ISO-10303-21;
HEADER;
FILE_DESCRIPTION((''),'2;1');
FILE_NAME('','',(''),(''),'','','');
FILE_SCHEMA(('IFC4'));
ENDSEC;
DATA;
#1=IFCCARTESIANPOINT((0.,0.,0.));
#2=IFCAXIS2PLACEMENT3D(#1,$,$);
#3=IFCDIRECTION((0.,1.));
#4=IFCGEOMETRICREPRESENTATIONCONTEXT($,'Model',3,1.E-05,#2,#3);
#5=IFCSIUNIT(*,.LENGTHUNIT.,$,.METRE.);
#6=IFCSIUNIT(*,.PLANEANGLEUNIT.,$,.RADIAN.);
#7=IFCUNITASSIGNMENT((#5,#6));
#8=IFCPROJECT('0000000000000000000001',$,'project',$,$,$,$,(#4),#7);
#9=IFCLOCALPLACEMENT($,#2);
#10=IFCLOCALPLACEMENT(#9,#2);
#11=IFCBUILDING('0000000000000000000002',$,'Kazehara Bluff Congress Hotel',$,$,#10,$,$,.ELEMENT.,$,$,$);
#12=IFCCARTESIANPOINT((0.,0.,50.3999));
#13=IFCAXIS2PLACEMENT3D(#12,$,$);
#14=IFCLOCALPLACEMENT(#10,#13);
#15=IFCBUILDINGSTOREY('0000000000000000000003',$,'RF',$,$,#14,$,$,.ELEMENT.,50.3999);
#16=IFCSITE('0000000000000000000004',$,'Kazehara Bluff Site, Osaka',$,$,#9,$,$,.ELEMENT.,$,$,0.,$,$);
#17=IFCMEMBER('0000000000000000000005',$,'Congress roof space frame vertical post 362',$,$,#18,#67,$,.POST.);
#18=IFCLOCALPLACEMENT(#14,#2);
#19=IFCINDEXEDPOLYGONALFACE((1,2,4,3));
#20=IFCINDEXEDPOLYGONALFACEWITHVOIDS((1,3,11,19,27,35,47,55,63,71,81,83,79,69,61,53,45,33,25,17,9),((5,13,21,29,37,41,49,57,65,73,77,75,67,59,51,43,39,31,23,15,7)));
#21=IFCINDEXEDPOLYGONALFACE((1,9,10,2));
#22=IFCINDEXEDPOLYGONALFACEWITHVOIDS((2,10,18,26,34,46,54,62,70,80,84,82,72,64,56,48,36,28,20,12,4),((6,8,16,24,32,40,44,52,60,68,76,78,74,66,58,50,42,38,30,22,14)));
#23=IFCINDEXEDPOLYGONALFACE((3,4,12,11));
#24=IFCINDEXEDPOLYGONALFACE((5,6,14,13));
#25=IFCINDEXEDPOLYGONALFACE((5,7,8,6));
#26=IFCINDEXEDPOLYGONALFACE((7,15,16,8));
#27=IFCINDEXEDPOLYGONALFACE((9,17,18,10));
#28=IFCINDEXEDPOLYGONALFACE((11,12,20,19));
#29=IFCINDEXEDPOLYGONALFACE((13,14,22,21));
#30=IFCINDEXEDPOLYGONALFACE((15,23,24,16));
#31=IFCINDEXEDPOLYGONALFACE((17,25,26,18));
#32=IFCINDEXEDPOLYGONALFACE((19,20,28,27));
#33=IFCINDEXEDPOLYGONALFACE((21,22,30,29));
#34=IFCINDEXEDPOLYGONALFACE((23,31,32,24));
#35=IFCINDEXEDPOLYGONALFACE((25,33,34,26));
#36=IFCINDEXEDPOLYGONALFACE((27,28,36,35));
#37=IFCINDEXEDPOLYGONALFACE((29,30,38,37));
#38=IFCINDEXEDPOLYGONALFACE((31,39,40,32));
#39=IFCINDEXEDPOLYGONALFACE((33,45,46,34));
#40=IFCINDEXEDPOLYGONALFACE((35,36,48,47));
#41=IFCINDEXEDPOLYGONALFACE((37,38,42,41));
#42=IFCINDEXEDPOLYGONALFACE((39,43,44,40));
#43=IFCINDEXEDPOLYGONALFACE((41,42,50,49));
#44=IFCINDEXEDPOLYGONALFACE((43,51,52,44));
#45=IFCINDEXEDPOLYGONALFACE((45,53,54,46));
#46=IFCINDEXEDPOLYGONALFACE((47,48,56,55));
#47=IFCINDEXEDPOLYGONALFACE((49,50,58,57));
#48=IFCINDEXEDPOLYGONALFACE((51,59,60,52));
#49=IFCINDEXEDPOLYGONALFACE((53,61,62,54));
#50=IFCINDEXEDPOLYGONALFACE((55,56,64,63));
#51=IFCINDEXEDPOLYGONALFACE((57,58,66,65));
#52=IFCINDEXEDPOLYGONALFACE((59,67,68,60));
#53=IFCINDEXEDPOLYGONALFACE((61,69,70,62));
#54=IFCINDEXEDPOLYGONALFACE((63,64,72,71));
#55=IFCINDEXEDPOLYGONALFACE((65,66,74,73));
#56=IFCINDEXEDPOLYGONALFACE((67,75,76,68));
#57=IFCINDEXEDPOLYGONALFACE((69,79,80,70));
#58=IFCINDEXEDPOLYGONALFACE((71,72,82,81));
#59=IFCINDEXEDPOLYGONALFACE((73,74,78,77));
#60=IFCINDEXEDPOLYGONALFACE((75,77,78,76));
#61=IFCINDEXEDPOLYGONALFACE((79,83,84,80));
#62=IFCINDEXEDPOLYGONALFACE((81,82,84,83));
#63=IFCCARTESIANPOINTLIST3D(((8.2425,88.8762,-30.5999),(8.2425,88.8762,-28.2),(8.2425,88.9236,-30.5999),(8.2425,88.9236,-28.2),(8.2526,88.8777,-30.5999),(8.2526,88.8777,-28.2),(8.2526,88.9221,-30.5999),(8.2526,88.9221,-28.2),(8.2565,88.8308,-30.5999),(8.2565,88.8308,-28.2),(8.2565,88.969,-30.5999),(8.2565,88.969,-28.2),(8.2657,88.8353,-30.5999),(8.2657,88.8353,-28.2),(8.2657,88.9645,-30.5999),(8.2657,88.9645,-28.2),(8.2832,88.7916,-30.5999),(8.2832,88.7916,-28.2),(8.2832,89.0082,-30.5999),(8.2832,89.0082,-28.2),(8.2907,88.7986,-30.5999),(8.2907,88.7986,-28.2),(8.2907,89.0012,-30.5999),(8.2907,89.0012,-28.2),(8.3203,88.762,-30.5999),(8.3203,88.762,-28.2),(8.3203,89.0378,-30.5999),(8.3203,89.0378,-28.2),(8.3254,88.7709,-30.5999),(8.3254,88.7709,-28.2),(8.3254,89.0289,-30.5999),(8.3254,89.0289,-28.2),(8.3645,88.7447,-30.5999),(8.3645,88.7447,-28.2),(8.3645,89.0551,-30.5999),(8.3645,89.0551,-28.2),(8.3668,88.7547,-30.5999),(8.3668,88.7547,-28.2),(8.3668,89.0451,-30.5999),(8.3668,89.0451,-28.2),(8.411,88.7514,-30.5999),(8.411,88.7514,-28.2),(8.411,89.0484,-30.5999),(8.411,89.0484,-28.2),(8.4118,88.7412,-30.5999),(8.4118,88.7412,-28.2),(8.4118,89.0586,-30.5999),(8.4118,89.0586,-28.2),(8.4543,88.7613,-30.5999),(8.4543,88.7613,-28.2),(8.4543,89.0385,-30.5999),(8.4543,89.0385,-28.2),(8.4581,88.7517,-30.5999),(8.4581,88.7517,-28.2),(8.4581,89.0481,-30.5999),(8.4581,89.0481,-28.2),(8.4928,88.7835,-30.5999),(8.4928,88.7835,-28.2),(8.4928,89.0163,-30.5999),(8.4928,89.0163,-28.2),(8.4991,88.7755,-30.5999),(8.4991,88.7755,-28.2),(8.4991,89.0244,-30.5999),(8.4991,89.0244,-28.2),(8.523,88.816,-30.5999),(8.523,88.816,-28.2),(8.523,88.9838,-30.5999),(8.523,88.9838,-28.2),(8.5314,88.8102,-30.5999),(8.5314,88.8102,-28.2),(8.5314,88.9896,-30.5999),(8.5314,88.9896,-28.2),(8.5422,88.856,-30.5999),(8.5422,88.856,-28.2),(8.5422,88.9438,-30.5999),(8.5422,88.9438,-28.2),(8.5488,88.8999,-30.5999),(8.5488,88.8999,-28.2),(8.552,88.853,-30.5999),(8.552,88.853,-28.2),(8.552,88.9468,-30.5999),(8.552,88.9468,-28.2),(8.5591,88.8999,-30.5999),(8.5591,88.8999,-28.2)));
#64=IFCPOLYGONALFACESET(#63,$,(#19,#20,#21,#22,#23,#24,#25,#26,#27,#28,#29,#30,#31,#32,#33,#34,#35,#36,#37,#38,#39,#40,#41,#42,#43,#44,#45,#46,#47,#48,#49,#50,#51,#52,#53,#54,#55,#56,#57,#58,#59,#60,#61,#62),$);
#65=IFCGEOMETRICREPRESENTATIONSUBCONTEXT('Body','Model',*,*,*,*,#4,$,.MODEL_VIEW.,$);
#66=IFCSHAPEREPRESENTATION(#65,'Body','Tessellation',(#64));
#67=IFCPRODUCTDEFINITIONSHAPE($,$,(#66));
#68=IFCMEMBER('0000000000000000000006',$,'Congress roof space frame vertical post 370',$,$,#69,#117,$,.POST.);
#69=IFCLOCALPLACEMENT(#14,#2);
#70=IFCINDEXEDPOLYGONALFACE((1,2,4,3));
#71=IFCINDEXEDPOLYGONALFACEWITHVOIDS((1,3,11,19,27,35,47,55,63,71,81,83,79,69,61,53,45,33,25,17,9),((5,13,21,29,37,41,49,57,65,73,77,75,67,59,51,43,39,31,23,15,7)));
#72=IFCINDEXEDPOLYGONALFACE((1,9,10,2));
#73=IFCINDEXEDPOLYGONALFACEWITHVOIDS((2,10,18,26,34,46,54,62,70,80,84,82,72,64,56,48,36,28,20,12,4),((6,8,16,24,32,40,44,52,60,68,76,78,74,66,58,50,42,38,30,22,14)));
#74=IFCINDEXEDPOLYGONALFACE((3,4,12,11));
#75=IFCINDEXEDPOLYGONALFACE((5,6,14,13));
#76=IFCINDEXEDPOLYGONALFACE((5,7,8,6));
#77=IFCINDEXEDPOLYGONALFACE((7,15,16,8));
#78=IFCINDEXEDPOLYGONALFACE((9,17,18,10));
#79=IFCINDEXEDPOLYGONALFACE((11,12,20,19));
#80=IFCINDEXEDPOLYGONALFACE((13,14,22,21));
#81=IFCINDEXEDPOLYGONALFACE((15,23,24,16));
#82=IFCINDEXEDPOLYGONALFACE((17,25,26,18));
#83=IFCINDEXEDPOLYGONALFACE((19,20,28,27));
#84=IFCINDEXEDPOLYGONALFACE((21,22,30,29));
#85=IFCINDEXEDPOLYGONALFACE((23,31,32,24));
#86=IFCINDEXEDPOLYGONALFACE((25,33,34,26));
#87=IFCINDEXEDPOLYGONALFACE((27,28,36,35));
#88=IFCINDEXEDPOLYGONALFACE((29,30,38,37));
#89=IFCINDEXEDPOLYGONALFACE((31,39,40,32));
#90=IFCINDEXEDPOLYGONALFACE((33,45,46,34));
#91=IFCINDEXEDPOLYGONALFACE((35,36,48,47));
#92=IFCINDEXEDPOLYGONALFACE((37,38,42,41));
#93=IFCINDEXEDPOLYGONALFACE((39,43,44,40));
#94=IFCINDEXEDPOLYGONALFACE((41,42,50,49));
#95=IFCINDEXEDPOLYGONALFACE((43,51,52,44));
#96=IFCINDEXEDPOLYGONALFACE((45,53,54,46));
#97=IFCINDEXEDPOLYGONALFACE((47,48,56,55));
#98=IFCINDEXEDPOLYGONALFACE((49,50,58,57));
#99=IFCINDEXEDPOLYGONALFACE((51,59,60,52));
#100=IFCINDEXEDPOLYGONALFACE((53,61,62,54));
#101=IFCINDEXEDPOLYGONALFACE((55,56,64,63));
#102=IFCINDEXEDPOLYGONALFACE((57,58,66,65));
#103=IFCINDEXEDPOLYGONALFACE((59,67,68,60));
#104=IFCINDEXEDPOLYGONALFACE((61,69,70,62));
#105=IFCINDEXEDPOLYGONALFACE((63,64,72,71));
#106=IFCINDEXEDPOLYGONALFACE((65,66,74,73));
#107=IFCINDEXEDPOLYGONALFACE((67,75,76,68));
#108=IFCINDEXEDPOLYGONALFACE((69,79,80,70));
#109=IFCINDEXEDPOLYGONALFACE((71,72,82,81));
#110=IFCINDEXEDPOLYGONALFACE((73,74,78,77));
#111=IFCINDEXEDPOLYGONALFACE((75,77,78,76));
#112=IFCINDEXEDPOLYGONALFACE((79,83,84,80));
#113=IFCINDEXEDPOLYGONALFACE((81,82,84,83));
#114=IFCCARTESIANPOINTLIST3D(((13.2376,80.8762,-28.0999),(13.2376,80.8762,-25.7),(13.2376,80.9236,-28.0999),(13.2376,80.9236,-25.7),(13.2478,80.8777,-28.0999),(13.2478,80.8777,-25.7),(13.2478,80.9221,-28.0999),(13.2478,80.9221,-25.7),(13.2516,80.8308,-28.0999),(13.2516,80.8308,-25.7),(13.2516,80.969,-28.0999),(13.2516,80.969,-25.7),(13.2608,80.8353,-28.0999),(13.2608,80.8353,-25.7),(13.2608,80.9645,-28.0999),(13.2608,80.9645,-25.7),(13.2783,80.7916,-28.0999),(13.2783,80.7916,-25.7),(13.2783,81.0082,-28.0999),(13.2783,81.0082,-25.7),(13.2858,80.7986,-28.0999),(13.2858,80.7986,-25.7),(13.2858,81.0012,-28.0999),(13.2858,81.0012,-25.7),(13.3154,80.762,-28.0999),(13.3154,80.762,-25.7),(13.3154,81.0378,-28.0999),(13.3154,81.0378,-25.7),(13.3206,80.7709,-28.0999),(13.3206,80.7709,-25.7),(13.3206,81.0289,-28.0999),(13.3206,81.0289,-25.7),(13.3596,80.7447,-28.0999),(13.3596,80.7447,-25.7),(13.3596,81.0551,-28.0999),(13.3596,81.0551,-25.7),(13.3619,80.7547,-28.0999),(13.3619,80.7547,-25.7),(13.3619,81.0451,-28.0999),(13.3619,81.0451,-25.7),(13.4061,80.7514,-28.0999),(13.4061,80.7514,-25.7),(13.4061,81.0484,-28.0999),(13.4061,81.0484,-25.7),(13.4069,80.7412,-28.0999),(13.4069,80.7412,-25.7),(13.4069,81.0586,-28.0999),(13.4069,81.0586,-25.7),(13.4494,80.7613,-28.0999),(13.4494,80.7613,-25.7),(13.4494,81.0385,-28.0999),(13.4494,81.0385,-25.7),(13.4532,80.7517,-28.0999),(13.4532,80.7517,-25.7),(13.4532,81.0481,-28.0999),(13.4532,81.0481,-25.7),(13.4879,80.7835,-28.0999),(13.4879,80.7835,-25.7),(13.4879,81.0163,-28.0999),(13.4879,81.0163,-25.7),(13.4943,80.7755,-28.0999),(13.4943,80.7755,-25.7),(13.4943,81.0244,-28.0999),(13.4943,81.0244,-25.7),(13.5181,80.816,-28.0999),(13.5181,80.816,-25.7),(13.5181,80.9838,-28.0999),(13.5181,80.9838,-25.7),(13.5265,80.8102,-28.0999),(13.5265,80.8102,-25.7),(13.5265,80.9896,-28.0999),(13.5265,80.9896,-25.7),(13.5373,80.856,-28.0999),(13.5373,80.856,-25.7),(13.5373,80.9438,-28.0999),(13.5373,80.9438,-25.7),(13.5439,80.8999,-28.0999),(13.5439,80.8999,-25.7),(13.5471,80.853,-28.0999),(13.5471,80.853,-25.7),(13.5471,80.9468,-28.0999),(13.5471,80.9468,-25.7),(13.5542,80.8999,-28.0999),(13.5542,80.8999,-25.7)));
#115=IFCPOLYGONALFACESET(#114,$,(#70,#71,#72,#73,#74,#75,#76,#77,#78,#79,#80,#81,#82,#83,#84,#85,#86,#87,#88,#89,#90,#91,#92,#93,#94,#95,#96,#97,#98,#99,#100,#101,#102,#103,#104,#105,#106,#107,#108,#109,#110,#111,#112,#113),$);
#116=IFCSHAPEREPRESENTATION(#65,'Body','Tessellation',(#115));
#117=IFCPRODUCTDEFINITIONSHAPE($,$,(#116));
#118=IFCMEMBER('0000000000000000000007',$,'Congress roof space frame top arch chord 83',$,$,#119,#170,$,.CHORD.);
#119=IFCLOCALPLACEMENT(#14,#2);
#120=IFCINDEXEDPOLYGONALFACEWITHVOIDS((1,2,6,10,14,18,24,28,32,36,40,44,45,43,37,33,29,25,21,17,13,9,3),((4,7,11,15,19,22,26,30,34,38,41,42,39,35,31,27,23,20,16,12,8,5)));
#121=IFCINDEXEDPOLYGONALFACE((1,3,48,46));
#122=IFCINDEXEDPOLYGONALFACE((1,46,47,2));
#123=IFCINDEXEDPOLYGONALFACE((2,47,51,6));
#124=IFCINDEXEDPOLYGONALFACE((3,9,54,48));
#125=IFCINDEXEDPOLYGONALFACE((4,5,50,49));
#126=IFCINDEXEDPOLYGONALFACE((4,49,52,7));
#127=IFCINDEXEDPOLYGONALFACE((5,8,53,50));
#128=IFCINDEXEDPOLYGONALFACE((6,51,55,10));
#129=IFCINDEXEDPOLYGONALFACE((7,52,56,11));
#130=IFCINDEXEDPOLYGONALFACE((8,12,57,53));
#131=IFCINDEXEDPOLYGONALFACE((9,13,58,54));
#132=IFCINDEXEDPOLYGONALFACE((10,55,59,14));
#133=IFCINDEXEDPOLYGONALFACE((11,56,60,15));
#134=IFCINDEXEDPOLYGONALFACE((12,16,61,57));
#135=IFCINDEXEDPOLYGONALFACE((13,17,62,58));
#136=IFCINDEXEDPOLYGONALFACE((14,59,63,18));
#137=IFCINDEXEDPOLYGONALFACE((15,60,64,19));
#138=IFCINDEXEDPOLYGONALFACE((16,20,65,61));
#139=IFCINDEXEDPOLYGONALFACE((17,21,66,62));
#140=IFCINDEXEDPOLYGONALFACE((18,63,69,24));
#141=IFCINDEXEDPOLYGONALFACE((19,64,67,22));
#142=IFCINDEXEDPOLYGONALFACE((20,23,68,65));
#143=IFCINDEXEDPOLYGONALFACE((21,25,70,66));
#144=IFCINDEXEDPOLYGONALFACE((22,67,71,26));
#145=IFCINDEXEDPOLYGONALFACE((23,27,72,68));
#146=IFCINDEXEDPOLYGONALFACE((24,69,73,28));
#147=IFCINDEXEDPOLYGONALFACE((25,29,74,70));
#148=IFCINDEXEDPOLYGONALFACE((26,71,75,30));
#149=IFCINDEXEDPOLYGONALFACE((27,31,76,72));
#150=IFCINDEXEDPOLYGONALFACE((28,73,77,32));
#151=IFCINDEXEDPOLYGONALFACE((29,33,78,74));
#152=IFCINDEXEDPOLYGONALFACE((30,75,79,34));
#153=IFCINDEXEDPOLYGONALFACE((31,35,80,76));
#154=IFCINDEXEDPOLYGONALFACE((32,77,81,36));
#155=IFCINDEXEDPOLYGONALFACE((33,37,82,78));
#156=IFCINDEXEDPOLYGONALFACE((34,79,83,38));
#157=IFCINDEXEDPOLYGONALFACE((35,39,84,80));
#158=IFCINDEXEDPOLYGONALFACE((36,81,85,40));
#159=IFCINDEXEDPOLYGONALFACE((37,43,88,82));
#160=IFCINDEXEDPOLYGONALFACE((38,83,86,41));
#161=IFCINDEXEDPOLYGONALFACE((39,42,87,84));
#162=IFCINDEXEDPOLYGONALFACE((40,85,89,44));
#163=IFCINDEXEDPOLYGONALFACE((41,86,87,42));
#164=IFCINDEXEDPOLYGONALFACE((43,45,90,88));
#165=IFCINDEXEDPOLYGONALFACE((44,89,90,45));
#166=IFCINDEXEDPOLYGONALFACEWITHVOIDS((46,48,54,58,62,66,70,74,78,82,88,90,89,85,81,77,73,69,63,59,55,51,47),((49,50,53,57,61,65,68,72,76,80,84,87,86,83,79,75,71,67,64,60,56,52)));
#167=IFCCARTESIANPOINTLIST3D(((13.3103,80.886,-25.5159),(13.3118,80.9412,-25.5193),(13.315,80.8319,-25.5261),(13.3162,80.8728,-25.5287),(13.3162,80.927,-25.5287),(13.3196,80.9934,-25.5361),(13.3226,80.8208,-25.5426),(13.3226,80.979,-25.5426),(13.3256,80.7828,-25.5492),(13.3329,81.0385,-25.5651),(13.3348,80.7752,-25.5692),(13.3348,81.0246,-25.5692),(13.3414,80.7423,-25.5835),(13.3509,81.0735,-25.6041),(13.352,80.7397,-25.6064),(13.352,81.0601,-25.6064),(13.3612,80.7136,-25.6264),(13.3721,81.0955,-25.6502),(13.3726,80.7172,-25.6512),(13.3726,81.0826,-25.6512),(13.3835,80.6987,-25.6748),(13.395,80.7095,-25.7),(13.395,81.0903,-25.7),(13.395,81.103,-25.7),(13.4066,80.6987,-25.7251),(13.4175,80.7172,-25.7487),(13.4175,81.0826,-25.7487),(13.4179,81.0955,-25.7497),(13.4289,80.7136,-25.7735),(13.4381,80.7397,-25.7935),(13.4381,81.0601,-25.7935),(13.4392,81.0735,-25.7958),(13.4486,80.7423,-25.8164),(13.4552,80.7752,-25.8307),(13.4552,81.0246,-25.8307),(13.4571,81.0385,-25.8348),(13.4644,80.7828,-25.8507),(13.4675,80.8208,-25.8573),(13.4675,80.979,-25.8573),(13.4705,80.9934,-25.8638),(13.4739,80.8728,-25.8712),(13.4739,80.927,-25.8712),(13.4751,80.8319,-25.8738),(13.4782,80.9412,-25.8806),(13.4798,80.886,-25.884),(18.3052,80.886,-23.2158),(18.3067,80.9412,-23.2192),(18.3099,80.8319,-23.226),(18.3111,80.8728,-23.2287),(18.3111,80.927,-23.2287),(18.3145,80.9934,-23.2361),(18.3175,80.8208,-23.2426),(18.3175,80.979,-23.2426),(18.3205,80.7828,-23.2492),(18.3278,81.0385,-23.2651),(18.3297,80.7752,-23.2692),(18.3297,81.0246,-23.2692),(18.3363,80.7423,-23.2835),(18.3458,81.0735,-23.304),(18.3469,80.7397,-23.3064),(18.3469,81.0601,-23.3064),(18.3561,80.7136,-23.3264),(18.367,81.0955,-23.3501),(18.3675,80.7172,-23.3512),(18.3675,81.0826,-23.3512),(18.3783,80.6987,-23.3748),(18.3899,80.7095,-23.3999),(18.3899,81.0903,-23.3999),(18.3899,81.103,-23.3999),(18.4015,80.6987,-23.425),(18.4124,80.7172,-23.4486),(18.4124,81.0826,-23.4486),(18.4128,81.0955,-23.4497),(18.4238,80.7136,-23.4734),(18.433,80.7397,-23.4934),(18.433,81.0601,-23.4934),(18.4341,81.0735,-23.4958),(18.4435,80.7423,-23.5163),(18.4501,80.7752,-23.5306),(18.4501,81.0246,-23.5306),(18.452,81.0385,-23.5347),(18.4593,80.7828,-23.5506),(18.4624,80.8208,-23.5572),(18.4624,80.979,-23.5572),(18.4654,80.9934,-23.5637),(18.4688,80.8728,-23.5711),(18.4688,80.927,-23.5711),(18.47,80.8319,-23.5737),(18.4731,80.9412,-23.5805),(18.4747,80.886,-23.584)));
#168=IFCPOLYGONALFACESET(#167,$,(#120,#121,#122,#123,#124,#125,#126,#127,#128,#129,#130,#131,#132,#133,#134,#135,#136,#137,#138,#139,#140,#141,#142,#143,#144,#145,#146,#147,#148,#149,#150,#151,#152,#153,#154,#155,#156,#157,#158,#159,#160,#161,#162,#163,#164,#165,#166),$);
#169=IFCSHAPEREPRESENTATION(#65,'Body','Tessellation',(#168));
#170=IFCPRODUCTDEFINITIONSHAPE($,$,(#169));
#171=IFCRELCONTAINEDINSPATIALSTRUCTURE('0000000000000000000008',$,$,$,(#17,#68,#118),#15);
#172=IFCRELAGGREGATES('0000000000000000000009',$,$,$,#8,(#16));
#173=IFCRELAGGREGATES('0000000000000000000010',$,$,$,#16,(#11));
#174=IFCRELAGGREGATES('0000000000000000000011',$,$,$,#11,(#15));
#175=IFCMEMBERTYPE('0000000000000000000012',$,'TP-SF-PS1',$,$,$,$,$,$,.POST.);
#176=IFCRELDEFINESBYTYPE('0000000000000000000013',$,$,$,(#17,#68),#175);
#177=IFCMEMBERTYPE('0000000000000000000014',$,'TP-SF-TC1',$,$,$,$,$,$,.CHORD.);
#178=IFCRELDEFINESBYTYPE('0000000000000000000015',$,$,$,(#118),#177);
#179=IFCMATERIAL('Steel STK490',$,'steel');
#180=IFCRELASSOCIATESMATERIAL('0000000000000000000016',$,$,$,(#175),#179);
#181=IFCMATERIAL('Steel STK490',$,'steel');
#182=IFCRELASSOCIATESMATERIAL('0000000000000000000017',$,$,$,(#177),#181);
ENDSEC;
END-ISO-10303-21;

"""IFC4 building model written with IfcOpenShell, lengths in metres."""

from ifc_helpers import new_model, si_unit, direction, frame, origin, origin_2d, place, context, subcontext, project, spatial, hollow_circle, extrude, material, material_profile, profile_set, type_object, element, save


model = new_model("IFC4")

# Units and contexts
model_context = context("Model", 3, precision=1e-05, world=origin(), true_north=direction((0.0, 1.0)))
body_context = subcontext(model_context, "Body", "Model", "MODEL_VIEW")
ifc_project = project(units=[si_unit("LENGTHUNIT", "METRE"), si_unit("PLANEANGLEUNIT", "RADIAN")], contexts=[model_context])

# Site, building, storey
site_placement = place(None, origin())
site = spatial("IfcSite", under=ifc_project, at=site_placement, Name="Kazehara Bluff Site, Osaka", CompositionType="ELEMENT", RefElevation=0.0)
building_placement = place(site_placement, origin())
building = spatial("IfcBuilding", under=site, at=building_placement, Name="Kazehara Bluff Congress Hotel", CompositionType="ELEMENT")
storey_placement = place(building_placement, frame((0.0, 0.0, 50.3999)))
storey = spatial("IfcBuildingStorey", under=building, at=storey_placement, Name="RF", CompositionType="ELEMENT", Elevation=50.3999)

# Members
ifc_material_1 = material(Name="Steel STK490", Category="steel")
ifc_material_profile_1 = material_profile(ifc_material_1, hollow_circle(Radius=0.1592, WallThickness=0.0103, at=origin_2d()))
ifc_profile_set_1 = profile_set([ifc_material_profile_1], Name="Steel STK490")
member_type_1 = type_object("IfcMemberType", Name="TP-SF-PS1", PredefinedType="POST", material=ifc_profile_set_1)
for number, where, z_axis, x_axis, name in (
    (1, (8.3999, 88.8999, -30.5999), (0.0, 0.0, 1.0), (1.0, 0.0, 0.0), "Congress roof space frame vertical post 362"),
    (2, (13.395, 80.8999, -28.0999), (0.0, 0.0, 1.0), (1.0, 0.0, 0.0), "Congress roof space frame vertical post 370"),
):
    element("IfcMember", number, at=place(storey_placement, frame(where, z_axis=z_axis, x_axis=x_axis)), inside=storey, type_object=member_type_1, Name=name, PredefinedType="POST", context=body_context, shape_type="SweptSolid", body=[
        extrude(hollow_circle(Radius=0.1592, WallThickness=0.0103, at=origin_2d()), origin(), (0.0, 0.0, 1.0), 2.3999),
    ])
ifc_material_2 = material(Name="Steel STK490", Category="steel")
ifc_material_profile_2 = material_profile(ifc_material_2, hollow_circle(Radius=0.2031, WallThickness=0.0127, at=origin_2d()))
ifc_profile_set_2 = profile_set([ifc_material_profile_2], Name="Steel STK490")
member_type_2 = type_object("IfcMemberType", Name="TP-SF-TC1", PredefinedType="CHORD", material=ifc_profile_set_2)
member_1_placement = place(storey_placement, frame((13.395, 80.8999, -25.7), z_axis=(0.908324, 0.0, 0.418267), x_axis=(0.0, 1.0, 0.0)))
element("IfcMember", 3, at=member_1_placement, inside=storey, type_object=member_type_2, Name="Congress roof space frame top arch chord 83", PredefinedType="CHORD", context=body_context, shape_type="SweptSolid", body=[
    extrude(hollow_circle(Radius=0.2031, WallThickness=0.0127, at=origin_2d()), origin(), (0.0, 0.0, 1.0), 5.499),
])

save(model, "model.ifc")
